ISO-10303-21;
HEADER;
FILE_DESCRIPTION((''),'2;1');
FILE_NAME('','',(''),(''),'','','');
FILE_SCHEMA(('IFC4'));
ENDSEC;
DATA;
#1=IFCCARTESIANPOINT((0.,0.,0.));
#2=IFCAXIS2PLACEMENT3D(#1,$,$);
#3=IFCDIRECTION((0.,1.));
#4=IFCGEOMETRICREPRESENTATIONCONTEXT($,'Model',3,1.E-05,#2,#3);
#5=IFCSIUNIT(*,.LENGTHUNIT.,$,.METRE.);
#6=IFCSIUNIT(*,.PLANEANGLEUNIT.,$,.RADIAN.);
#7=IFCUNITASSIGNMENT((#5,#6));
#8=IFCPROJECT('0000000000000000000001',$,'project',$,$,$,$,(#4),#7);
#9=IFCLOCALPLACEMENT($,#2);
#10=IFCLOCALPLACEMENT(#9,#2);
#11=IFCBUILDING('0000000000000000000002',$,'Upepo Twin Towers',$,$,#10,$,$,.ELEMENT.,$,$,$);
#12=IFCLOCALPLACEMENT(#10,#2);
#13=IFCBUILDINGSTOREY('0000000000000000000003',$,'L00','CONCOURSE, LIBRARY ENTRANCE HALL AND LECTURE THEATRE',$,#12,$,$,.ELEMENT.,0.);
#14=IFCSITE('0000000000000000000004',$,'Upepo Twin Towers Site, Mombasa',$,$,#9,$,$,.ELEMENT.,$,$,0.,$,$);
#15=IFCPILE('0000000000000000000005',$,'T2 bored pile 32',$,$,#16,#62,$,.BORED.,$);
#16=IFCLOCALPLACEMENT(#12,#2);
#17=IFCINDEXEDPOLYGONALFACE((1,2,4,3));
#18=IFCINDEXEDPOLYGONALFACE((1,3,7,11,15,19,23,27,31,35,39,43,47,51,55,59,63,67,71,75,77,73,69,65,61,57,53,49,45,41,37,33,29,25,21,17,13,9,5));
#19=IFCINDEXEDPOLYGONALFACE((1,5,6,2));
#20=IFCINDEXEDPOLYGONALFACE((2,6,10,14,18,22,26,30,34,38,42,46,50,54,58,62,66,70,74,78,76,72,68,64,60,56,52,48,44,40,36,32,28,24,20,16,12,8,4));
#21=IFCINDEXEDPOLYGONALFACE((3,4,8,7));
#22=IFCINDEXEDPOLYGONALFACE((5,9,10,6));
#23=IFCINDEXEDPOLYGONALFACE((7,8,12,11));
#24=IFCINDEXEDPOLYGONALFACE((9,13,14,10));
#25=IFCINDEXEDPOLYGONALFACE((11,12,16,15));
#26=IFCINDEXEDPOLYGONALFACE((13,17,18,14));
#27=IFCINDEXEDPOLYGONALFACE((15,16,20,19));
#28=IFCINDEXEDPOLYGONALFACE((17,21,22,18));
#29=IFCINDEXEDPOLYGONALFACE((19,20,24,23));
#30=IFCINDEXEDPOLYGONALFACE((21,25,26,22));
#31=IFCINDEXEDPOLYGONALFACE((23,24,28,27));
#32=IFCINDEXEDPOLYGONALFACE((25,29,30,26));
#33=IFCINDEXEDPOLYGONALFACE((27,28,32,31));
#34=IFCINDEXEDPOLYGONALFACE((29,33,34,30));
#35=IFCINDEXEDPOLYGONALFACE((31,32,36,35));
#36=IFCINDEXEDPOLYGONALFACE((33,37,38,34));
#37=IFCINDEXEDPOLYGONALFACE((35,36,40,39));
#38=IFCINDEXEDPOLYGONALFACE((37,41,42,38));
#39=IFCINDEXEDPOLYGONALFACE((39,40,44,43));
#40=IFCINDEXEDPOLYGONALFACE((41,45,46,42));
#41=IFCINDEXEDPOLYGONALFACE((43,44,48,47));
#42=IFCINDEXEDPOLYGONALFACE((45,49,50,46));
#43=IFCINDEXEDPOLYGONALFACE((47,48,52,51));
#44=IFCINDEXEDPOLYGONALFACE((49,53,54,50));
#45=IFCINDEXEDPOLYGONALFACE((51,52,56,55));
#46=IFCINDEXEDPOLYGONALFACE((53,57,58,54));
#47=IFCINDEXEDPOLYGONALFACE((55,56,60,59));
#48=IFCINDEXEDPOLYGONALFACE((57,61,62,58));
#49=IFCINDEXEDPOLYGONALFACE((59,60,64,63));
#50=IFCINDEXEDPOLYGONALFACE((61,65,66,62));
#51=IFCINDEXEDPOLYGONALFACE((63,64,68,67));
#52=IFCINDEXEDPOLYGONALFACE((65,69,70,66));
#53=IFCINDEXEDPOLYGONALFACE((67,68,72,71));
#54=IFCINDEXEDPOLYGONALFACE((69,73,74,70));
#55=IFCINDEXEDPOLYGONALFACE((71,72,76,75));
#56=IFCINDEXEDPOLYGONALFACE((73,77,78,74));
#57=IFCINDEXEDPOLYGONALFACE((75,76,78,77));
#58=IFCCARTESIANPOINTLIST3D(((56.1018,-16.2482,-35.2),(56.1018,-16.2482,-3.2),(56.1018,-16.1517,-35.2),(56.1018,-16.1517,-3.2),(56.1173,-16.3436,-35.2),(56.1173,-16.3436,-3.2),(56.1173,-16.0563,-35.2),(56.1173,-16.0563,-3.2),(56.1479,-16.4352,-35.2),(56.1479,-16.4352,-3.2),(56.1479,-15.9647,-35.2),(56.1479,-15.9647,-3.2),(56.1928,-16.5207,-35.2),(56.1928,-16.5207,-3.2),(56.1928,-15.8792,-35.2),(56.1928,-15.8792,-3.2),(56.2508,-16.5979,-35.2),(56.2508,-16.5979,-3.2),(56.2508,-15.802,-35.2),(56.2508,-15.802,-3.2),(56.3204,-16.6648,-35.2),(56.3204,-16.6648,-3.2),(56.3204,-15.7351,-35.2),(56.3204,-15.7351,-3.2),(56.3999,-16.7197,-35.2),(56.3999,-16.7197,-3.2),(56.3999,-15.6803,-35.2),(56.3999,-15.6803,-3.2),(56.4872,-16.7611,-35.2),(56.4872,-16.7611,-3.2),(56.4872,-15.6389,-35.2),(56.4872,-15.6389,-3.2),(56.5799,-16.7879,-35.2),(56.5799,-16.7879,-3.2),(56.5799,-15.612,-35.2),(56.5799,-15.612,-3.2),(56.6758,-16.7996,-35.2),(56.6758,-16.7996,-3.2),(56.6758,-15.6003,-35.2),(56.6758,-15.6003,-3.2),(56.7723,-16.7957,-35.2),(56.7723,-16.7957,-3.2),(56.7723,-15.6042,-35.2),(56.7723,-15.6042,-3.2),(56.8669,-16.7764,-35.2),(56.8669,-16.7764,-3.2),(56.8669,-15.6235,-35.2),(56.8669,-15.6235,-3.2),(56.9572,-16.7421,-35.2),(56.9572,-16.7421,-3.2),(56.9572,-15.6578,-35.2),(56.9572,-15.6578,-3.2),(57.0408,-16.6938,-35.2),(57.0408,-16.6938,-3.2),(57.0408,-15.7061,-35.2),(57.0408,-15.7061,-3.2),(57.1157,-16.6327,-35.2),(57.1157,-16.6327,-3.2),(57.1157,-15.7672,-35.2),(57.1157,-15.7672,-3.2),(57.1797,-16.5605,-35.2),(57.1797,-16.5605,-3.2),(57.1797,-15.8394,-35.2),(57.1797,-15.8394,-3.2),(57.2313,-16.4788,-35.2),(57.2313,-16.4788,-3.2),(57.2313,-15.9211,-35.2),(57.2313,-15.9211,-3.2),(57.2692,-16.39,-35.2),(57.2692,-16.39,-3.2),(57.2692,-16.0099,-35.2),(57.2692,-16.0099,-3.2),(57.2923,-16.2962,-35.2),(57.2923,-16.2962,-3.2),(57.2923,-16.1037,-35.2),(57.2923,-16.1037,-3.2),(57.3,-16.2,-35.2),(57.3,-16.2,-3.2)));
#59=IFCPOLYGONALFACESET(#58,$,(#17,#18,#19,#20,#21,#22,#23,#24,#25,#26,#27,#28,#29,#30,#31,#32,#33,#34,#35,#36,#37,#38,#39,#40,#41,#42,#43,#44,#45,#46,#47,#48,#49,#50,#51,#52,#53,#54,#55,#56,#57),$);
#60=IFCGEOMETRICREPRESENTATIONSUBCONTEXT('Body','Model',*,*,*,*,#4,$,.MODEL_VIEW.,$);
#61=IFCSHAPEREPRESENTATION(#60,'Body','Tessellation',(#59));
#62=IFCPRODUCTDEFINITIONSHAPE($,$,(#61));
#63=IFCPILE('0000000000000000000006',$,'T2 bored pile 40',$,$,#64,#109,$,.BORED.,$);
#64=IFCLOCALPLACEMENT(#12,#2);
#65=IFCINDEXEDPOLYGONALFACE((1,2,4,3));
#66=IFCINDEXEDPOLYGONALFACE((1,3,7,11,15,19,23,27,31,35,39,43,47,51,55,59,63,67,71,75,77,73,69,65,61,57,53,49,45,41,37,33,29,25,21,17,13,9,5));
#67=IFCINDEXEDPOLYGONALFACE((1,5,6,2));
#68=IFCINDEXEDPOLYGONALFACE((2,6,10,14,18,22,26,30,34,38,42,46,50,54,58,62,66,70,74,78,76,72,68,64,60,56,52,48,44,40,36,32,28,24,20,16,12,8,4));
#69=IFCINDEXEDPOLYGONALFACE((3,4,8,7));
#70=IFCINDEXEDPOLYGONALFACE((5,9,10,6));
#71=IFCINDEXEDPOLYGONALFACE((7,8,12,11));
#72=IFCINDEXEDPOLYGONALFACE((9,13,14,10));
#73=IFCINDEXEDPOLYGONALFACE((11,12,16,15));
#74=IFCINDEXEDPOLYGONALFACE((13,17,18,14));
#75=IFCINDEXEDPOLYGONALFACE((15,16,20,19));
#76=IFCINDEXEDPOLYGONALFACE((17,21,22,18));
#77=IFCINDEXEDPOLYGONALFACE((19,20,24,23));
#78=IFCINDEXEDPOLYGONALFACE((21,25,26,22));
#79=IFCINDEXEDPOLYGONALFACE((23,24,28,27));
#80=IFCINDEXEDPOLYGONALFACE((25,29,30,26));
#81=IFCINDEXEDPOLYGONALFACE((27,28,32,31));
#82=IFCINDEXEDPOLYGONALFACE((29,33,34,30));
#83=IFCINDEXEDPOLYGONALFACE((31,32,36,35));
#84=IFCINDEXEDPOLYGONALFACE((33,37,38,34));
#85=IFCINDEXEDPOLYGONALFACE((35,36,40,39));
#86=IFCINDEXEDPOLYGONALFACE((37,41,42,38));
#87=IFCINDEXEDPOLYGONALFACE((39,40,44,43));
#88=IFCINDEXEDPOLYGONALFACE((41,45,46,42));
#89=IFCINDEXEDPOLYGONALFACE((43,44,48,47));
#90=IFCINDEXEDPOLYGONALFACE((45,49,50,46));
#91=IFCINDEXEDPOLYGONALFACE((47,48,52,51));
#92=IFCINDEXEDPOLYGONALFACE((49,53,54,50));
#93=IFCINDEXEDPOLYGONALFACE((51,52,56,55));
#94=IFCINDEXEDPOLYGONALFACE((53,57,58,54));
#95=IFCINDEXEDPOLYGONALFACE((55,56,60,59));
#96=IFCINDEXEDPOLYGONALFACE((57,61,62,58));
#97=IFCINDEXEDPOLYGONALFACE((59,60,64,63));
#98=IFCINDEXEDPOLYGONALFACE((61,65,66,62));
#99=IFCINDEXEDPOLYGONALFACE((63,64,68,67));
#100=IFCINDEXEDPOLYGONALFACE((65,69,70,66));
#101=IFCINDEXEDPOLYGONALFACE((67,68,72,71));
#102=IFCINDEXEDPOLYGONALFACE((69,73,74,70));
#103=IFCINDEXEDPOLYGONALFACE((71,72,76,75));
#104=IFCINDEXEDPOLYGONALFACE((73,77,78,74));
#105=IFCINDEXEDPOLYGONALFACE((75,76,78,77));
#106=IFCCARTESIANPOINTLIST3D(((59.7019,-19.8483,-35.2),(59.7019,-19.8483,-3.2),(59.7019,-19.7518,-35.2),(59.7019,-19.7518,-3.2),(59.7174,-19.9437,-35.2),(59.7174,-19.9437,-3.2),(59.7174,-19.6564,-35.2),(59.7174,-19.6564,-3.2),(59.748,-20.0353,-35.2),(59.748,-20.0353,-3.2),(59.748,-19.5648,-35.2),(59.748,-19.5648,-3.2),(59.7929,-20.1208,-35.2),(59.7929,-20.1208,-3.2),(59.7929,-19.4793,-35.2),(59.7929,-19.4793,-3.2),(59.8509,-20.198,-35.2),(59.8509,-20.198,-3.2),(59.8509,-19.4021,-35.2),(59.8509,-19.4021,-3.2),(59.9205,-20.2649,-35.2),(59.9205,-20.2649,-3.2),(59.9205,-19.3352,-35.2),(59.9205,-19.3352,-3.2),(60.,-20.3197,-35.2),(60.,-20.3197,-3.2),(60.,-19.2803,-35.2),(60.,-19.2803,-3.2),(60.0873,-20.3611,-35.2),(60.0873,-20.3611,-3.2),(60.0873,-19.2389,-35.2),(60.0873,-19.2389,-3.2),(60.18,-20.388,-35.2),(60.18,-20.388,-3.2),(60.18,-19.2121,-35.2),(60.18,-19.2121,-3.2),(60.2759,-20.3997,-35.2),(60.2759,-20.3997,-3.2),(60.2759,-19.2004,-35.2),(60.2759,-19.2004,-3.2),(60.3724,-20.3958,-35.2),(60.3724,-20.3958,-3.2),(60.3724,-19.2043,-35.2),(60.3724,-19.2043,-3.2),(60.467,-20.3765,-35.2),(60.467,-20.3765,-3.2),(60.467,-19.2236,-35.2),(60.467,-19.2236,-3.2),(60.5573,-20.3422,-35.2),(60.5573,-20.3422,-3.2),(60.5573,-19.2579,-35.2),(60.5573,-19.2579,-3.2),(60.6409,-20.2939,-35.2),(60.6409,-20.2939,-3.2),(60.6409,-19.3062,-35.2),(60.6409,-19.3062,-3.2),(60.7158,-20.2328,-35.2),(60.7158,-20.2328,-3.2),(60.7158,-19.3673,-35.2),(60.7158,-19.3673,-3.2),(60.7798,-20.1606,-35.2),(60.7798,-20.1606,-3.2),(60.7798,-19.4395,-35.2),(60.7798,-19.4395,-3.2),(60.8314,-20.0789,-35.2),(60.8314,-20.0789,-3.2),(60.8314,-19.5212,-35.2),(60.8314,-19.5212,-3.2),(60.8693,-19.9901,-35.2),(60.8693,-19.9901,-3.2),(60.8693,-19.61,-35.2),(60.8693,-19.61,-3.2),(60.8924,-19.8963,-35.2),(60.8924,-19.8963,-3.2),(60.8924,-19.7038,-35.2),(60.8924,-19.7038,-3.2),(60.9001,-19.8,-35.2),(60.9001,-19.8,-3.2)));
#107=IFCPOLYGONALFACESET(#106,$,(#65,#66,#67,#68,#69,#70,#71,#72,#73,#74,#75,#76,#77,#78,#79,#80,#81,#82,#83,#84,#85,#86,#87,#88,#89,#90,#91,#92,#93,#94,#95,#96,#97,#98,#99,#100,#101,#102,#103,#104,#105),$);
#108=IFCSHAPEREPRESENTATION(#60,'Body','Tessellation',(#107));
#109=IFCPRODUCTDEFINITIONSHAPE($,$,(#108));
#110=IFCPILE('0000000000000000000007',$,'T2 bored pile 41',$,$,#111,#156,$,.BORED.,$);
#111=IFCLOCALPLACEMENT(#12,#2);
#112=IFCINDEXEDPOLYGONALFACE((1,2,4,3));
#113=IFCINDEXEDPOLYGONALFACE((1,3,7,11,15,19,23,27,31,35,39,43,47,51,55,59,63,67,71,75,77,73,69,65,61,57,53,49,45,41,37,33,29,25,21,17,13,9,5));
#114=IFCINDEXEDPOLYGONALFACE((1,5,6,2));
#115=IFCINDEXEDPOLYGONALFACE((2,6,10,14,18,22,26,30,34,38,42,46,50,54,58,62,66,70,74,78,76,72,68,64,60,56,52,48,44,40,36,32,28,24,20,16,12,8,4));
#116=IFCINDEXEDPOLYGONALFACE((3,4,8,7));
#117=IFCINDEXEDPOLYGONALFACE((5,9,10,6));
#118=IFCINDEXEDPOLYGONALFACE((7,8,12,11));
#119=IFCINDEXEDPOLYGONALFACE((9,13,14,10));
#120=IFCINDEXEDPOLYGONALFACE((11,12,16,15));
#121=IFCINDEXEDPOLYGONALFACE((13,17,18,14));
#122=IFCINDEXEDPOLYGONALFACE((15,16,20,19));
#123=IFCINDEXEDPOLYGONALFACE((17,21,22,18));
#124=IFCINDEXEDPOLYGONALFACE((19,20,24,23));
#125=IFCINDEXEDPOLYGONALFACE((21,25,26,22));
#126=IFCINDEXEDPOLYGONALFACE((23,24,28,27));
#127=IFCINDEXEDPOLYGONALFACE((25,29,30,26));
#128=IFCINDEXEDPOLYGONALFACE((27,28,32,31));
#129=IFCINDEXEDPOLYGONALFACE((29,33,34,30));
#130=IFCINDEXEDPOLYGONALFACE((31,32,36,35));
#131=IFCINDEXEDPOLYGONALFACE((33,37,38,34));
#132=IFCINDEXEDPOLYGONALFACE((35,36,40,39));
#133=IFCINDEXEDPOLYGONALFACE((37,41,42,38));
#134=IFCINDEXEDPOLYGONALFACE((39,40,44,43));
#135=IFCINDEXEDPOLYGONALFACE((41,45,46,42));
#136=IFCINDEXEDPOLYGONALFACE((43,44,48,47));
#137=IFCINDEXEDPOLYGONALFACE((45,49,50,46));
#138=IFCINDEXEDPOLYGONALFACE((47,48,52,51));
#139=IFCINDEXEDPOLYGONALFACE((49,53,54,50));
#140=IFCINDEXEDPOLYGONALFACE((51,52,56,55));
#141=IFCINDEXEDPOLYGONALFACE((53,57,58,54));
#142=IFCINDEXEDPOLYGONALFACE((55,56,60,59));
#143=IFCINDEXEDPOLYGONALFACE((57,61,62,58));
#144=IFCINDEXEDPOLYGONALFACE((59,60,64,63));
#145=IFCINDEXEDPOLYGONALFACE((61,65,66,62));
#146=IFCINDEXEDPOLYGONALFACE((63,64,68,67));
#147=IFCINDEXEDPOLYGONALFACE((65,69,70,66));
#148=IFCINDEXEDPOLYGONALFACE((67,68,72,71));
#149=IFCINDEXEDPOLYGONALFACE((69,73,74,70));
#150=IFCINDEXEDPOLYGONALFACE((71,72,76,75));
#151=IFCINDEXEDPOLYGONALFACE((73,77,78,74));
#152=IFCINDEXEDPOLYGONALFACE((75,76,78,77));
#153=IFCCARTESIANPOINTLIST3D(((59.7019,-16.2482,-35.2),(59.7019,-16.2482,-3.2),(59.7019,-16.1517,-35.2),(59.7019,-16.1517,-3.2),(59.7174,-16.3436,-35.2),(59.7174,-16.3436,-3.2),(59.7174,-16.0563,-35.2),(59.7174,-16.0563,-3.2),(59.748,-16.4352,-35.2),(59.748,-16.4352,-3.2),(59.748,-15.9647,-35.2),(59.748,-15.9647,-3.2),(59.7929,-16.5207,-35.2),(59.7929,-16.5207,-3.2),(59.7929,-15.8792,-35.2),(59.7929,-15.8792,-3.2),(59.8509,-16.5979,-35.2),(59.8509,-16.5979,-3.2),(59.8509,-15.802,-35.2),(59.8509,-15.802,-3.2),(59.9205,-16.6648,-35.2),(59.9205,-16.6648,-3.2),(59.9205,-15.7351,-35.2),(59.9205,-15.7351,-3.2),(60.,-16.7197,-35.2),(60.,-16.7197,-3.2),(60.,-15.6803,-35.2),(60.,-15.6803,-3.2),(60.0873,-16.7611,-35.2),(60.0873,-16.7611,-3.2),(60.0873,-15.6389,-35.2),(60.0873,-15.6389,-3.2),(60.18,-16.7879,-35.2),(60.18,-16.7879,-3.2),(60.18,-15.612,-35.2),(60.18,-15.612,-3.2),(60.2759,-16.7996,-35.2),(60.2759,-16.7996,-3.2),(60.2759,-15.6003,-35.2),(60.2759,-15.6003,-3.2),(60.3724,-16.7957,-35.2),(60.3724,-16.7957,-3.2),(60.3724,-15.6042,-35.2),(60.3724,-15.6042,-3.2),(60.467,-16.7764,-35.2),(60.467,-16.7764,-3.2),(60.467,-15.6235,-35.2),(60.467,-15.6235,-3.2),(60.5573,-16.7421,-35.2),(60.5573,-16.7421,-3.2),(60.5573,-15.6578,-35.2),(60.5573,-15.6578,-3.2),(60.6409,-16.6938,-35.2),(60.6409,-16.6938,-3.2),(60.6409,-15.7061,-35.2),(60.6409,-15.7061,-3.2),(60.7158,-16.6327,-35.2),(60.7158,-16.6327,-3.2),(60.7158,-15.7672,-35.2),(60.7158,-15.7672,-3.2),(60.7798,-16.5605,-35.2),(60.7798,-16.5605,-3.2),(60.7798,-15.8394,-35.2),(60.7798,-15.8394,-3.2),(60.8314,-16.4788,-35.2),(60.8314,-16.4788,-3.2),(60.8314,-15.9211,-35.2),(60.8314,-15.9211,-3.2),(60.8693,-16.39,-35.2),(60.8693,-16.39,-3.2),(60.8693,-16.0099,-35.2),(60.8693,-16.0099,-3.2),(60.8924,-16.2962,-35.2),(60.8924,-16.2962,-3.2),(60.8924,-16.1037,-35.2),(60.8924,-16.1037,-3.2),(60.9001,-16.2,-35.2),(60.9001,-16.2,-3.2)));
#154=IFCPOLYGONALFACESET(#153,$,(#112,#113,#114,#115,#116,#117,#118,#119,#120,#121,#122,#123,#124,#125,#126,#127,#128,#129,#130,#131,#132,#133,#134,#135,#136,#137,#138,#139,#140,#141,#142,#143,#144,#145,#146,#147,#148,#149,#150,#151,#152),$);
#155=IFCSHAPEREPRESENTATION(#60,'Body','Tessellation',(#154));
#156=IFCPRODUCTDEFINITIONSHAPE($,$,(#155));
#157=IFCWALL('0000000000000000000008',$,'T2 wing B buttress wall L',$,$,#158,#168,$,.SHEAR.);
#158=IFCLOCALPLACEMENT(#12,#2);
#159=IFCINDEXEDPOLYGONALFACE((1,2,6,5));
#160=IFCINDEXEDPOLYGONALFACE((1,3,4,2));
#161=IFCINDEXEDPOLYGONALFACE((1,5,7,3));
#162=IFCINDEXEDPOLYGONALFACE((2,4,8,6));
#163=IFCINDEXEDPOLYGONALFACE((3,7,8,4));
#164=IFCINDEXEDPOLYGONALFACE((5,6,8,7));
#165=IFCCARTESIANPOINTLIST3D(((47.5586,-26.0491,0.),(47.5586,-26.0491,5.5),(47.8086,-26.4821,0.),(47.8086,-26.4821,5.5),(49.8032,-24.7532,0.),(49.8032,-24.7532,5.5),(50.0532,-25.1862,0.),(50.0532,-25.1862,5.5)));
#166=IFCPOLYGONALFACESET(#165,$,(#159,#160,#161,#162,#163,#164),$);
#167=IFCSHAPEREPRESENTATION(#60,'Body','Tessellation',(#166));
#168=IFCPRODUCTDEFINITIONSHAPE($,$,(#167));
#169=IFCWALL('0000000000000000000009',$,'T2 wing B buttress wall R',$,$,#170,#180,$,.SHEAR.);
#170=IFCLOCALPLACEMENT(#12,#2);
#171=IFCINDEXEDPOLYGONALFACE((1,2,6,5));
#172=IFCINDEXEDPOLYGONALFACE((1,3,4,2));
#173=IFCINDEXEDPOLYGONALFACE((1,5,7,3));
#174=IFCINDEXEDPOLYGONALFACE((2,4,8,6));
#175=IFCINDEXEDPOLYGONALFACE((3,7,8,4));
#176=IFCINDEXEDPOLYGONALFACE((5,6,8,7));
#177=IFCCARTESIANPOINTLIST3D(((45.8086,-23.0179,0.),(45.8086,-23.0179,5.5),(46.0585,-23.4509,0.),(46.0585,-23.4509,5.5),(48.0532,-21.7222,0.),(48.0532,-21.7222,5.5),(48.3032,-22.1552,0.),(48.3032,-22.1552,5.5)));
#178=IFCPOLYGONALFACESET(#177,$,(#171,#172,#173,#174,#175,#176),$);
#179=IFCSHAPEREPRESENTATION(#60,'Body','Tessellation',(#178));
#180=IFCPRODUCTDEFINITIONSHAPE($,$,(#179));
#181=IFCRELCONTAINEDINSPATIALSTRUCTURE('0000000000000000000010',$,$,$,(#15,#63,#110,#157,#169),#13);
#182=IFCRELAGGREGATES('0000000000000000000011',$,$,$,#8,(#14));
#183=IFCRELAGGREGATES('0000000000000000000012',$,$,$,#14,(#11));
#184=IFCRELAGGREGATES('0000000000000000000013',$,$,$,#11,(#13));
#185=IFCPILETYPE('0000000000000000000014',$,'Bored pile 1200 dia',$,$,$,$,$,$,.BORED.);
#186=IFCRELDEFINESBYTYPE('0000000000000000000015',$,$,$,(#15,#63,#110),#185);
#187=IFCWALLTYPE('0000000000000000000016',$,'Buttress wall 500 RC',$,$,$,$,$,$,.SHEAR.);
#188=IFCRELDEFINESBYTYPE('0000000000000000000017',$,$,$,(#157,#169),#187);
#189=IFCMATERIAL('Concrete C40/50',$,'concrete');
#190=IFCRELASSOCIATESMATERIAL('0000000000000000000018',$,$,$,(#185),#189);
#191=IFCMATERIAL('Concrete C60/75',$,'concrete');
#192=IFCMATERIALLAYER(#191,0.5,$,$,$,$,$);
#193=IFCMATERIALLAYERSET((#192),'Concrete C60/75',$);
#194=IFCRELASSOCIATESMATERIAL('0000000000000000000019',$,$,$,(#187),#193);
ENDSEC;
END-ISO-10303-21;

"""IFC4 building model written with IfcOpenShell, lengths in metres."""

from ifc_helpers import new_model, si_unit, direction, frame, frame_2d, origin, origin_2d, place, context, subcontext, project, spatial, rectangle, circle, extrude, material, layer, layer_set, type_object, element, save


model = new_model("IFC4")

# Units and contexts
model_context = context("Model", 3, precision=1e-05, world=origin(), true_north=direction((0.0, 1.0)))
body_context = subcontext(model_context, "Body", "Model", "MODEL_VIEW")
ifc_project = project(units=[si_unit("LENGTHUNIT", "METRE"), si_unit("PLANEANGLEUNIT", "RADIAN")], contexts=[model_context])

# Site, building, storey
site_placement = place(None, origin())
site = spatial("IfcSite", under=ifc_project, at=site_placement, Name="Upepo Twin Towers Site, Mombasa", CompositionType="ELEMENT", RefElevation=0.0)
building_placement = place(site_placement, origin())
building = spatial("IfcBuilding", under=site, at=building_placement, Name="Upepo Twin Towers", CompositionType="ELEMENT")
storey_placement = place(building_placement, origin())
storey = spatial("IfcBuildingStorey", under=building, at=storey_placement, Name="L00", Description="CONCOURSE, LIBRARY ENTRANCE HALL AND LECTURE THEATRE", CompositionType="ELEMENT", Elevation=0.0)

# Piles
ifc_material_1 = material(Name="Concrete C40/50", Category="concrete")
pile_type = type_object("IfcPileType", Name="Bored pile 1200 dia", PredefinedType="BORED", material=ifc_material_1)
for number, where, z_axis, x_axis, name in (
    (1, (56.7, -16.2, -3.2), (0.0, 0.0, -1.0), (1.0, 0.0, 0.0), "T2 bored pile 32"),
    (2, (60.3, -19.8, -3.2), (0.0, 0.0, -1.0), (1.0, 0.0, 0.0), "T2 bored pile 40"),
    (3, (60.3, -16.2, -3.2), (0.0, 0.0, -1.0), (1.0, 0.0, 0.0), "T2 bored pile 41"),
):
    element("IfcPile", number, at=place(storey_placement, frame(where, z_axis=z_axis, x_axis=x_axis)), inside=storey, type_object=pile_type, Name=name, PredefinedType="BORED", context=body_context, shape_type="SweptSolid", body=[
        extrude(circle(Radius=0.6001, at=origin_2d()), origin(), (0.0, 0.0, 1.0), 32.0),
    ])

# Walls
ifc_material_2 = material(Name="Concrete C60/75", Category="concrete")
ifc_layer_1 = layer(ifc_material_2, 0.5)
ifc_layer_set_1 = layer_set([ifc_layer_1], Name="Concrete C60/75")
wall_type_1 = type_object("IfcWallType", Name="Buttress wall 500 RC", PredefinedType="SHEAR", material=ifc_layer_set_1)
for number, where, z_axis, x_axis, name in (
    (4, (49.9282, -24.9697, 0.0), (0.0, 0.0, 1.0), (-0.866032, -0.499989, 0.0), "T2 wing B buttress wall L"),
    (5, (48.1782, -21.9387, 0.0), (0.0, 0.0, 1.0), (-0.866073, -0.499918, 0.0), "T2 wing B buttress wall R"),
):
    element("IfcWall", number, at=place(storey_placement, frame(where, z_axis=z_axis, x_axis=x_axis)), inside=storey, type_object=wall_type_1, Name=name, PredefinedType="SHEAR", context=body_context, shape_type="SweptSolid", body=[
        extrude(rectangle(XDim=2.5918, YDim=0.5, at=frame_2d((1.2959, 0.0))), origin(), (0.0, 0.0, 1.0), 5.5),
    ])

save(model, "model.ifc")
